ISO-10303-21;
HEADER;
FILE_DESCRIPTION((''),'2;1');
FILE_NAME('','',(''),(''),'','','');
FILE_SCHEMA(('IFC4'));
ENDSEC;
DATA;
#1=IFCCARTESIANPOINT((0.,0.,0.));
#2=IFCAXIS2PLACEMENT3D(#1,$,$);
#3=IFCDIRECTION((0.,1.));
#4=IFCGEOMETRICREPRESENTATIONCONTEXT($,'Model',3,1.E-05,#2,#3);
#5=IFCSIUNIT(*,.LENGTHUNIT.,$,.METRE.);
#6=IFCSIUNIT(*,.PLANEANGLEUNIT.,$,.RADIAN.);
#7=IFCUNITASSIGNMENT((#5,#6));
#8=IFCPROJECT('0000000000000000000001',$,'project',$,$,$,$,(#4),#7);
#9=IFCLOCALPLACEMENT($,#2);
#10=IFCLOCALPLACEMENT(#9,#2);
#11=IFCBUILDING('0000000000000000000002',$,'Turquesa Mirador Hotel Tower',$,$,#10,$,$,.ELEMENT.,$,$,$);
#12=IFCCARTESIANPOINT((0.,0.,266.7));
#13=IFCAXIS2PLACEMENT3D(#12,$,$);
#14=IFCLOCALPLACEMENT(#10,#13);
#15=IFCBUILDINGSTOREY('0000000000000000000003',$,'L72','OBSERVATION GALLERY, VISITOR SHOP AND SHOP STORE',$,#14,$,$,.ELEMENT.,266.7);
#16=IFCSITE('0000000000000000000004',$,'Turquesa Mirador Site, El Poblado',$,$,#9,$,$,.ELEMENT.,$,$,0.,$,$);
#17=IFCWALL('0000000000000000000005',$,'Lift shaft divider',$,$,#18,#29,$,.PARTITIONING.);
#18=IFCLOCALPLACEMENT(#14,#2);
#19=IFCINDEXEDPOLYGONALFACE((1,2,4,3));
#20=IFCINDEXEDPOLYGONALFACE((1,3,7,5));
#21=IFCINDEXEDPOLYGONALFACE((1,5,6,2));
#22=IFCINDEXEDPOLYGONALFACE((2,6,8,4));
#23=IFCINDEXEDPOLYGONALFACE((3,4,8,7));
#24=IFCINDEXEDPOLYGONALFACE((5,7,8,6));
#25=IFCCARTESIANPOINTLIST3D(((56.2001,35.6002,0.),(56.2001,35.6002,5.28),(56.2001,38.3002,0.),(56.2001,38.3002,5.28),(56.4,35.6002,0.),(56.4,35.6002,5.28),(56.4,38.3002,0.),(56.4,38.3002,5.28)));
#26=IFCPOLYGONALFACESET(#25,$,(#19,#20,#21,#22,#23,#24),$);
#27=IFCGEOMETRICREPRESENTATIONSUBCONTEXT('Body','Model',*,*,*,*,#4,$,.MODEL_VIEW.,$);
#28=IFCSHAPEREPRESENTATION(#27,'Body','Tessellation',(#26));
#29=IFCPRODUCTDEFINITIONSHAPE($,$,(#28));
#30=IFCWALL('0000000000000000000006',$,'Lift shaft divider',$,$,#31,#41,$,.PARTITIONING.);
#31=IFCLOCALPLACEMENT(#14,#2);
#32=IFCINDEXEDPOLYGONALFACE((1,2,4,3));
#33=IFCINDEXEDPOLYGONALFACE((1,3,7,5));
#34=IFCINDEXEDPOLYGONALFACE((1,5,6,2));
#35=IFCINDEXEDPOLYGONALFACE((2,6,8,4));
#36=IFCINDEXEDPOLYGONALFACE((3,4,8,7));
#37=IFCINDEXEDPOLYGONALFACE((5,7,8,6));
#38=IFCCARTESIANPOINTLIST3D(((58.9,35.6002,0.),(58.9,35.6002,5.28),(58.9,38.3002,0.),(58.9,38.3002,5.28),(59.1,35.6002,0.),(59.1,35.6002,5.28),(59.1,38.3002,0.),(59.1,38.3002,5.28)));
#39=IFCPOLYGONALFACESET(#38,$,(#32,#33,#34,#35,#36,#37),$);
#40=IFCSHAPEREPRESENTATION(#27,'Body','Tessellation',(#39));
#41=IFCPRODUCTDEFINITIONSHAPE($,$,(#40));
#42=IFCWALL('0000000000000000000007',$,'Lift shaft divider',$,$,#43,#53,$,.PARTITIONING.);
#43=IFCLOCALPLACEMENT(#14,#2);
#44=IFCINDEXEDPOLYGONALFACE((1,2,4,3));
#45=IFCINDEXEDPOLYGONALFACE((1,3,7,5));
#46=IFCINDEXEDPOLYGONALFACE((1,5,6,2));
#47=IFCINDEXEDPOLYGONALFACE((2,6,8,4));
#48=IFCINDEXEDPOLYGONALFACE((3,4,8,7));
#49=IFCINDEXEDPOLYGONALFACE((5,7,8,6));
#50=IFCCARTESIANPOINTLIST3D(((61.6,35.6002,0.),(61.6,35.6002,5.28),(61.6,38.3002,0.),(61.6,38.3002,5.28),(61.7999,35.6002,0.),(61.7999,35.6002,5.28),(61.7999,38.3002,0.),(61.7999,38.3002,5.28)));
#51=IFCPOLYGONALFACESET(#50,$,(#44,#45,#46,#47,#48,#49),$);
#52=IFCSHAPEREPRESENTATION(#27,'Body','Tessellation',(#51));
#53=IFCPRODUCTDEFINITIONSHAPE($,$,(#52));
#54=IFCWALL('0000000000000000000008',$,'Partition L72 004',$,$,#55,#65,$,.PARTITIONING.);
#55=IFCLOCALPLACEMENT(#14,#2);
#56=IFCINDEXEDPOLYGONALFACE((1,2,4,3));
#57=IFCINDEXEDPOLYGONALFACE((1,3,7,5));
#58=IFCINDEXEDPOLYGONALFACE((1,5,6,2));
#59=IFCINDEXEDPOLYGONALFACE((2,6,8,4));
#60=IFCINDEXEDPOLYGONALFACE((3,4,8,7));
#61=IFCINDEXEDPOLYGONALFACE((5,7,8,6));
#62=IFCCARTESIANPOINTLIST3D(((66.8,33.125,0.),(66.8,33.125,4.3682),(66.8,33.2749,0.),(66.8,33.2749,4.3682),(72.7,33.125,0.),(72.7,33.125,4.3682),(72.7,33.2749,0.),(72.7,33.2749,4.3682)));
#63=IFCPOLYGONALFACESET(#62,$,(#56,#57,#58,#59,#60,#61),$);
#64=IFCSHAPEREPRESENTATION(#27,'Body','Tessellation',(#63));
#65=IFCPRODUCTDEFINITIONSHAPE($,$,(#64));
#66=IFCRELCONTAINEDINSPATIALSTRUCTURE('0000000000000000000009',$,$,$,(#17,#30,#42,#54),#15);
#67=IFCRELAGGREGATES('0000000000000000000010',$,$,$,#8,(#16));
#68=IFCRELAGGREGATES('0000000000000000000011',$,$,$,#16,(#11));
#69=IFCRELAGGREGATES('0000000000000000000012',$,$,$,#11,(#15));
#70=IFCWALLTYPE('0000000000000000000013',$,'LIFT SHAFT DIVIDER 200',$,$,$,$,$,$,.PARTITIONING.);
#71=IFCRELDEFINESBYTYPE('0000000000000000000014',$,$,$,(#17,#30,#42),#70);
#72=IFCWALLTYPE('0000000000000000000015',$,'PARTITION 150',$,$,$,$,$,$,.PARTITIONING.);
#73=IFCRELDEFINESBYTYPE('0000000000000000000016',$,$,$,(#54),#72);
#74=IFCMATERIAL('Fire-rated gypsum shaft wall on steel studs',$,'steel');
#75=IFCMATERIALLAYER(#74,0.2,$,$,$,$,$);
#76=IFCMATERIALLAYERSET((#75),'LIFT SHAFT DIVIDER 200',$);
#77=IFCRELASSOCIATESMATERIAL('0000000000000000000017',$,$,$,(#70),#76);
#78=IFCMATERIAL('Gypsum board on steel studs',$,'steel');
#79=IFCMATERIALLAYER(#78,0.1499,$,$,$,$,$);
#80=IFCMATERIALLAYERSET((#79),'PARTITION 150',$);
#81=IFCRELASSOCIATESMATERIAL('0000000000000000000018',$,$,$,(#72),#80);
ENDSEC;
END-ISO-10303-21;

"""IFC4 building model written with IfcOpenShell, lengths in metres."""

from ifc_helpers import new_model, si_unit, direction, frame, frame_2d, origin, place, context, subcontext, project, spatial, rectangle, extrude, material, layer, layer_set, type_object, element, save


model = new_model("IFC4")

# Units and contexts
model_context = context("Model", 3, precision=1e-05, world=origin(), true_north=direction((0.0, 1.0)))
body_context = subcontext(model_context, "Body", "Model", "MODEL_VIEW")
ifc_project = project(units=[si_unit("LENGTHUNIT", "METRE"), si_unit("PLANEANGLEUNIT", "RADIAN")], contexts=[model_context])

# Site, building, storey
site_placement = place(None, origin())
site = spatial("IfcSite", under=ifc_project, at=site_placement, Name="Turquesa Mirador Site, El Poblado", CompositionType="ELEMENT", RefElevation=0.0)
building_placement = place(site_placement, origin())
building = spatial("IfcBuilding", under=site, at=building_placement, Name="Turquesa Mirador Hotel Tower", CompositionType="ELEMENT")
storey_placement = place(building_placement, frame((0.0, 0.0, 266.7)))
storey = spatial("IfcBuildingStorey", under=building, at=storey_placement, Name="L72", Description="OBSERVATION GALLERY, VISITOR SHOP AND SHOP STORE", CompositionType="ELEMENT", Elevation=266.7)

# Walls
ifc_material_1 = material(Name="Fire-rated gypsum shaft wall on steel studs", Category="steel")
ifc_layer_1 = layer(ifc_material_1, 0.2)
ifc_layer_set_1 = layer_set([ifc_layer_1], Name="LIFT SHAFT DIVIDER 200")
wall_type_1 = type_object("IfcWallType", Name="LIFT SHAFT DIVIDER 200", PredefinedType="PARTITIONING", material=ifc_layer_set_1)
for number, where, z_axis, x_axis, name in (
    (1, (56.3, 35.6001, 0.0), (0.0, 0.0, 1.0), (0.0, 1.0, 0.0), "Lift shaft divider"),
    (2, (59.0, 35.6001, 0.0), (0.0, 0.0, 1.0), (0.0, 1.0, 0.0), "Lift shaft divider"),
    (3, (61.7, 35.6001, 0.0), (0.0, 0.0, 1.0), (0.0, 1.0, 0.0), "Lift shaft divider"),
):
    element("IfcWall", number, at=place(storey_placement, frame(where, z_axis=z_axis, x_axis=x_axis)), inside=storey, type_object=wall_type_1, Name=name, PredefinedType="PARTITIONING", context=body_context, shape_type="SweptSolid", body=[
        extrude(rectangle(XDim=2.7, YDim=0.2, at=frame_2d((1.3501, 0.0))), origin(), (0.0, 0.0, 1.0), 5.28),
    ])
ifc_material_2 = material(Name="Gypsum board on steel studs", Category="steel")
ifc_layer_2 = layer(ifc_material_2, 0.1499)
ifc_layer_set_2 = layer_set([ifc_layer_2], Name="PARTITION 150")
wall_type_2 = type_object("IfcWallType", Name="PARTITION 150", PredefinedType="PARTITIONING", material=ifc_layer_set_2)
wall_1_placement = place(storey_placement, frame((66.8, 33.2, 0.0), z_axis=(0.0, 0.0, 1.0), x_axis=(1.0, 0.0, 0.0)))
element("IfcWall", 4, at=wall_1_placement, inside=storey, type_object=wall_type_2, Name="Partition L72 004", PredefinedType="PARTITIONING", context=body_context, shape_type="SweptSolid", body=[
    extrude(rectangle(XDim=5.8999, YDim=0.1499, at=frame_2d((2.95, 0.0))), origin(), (0.0, 0.0, 1.0), 4.3682),
])

save(model, "model.ifc")
